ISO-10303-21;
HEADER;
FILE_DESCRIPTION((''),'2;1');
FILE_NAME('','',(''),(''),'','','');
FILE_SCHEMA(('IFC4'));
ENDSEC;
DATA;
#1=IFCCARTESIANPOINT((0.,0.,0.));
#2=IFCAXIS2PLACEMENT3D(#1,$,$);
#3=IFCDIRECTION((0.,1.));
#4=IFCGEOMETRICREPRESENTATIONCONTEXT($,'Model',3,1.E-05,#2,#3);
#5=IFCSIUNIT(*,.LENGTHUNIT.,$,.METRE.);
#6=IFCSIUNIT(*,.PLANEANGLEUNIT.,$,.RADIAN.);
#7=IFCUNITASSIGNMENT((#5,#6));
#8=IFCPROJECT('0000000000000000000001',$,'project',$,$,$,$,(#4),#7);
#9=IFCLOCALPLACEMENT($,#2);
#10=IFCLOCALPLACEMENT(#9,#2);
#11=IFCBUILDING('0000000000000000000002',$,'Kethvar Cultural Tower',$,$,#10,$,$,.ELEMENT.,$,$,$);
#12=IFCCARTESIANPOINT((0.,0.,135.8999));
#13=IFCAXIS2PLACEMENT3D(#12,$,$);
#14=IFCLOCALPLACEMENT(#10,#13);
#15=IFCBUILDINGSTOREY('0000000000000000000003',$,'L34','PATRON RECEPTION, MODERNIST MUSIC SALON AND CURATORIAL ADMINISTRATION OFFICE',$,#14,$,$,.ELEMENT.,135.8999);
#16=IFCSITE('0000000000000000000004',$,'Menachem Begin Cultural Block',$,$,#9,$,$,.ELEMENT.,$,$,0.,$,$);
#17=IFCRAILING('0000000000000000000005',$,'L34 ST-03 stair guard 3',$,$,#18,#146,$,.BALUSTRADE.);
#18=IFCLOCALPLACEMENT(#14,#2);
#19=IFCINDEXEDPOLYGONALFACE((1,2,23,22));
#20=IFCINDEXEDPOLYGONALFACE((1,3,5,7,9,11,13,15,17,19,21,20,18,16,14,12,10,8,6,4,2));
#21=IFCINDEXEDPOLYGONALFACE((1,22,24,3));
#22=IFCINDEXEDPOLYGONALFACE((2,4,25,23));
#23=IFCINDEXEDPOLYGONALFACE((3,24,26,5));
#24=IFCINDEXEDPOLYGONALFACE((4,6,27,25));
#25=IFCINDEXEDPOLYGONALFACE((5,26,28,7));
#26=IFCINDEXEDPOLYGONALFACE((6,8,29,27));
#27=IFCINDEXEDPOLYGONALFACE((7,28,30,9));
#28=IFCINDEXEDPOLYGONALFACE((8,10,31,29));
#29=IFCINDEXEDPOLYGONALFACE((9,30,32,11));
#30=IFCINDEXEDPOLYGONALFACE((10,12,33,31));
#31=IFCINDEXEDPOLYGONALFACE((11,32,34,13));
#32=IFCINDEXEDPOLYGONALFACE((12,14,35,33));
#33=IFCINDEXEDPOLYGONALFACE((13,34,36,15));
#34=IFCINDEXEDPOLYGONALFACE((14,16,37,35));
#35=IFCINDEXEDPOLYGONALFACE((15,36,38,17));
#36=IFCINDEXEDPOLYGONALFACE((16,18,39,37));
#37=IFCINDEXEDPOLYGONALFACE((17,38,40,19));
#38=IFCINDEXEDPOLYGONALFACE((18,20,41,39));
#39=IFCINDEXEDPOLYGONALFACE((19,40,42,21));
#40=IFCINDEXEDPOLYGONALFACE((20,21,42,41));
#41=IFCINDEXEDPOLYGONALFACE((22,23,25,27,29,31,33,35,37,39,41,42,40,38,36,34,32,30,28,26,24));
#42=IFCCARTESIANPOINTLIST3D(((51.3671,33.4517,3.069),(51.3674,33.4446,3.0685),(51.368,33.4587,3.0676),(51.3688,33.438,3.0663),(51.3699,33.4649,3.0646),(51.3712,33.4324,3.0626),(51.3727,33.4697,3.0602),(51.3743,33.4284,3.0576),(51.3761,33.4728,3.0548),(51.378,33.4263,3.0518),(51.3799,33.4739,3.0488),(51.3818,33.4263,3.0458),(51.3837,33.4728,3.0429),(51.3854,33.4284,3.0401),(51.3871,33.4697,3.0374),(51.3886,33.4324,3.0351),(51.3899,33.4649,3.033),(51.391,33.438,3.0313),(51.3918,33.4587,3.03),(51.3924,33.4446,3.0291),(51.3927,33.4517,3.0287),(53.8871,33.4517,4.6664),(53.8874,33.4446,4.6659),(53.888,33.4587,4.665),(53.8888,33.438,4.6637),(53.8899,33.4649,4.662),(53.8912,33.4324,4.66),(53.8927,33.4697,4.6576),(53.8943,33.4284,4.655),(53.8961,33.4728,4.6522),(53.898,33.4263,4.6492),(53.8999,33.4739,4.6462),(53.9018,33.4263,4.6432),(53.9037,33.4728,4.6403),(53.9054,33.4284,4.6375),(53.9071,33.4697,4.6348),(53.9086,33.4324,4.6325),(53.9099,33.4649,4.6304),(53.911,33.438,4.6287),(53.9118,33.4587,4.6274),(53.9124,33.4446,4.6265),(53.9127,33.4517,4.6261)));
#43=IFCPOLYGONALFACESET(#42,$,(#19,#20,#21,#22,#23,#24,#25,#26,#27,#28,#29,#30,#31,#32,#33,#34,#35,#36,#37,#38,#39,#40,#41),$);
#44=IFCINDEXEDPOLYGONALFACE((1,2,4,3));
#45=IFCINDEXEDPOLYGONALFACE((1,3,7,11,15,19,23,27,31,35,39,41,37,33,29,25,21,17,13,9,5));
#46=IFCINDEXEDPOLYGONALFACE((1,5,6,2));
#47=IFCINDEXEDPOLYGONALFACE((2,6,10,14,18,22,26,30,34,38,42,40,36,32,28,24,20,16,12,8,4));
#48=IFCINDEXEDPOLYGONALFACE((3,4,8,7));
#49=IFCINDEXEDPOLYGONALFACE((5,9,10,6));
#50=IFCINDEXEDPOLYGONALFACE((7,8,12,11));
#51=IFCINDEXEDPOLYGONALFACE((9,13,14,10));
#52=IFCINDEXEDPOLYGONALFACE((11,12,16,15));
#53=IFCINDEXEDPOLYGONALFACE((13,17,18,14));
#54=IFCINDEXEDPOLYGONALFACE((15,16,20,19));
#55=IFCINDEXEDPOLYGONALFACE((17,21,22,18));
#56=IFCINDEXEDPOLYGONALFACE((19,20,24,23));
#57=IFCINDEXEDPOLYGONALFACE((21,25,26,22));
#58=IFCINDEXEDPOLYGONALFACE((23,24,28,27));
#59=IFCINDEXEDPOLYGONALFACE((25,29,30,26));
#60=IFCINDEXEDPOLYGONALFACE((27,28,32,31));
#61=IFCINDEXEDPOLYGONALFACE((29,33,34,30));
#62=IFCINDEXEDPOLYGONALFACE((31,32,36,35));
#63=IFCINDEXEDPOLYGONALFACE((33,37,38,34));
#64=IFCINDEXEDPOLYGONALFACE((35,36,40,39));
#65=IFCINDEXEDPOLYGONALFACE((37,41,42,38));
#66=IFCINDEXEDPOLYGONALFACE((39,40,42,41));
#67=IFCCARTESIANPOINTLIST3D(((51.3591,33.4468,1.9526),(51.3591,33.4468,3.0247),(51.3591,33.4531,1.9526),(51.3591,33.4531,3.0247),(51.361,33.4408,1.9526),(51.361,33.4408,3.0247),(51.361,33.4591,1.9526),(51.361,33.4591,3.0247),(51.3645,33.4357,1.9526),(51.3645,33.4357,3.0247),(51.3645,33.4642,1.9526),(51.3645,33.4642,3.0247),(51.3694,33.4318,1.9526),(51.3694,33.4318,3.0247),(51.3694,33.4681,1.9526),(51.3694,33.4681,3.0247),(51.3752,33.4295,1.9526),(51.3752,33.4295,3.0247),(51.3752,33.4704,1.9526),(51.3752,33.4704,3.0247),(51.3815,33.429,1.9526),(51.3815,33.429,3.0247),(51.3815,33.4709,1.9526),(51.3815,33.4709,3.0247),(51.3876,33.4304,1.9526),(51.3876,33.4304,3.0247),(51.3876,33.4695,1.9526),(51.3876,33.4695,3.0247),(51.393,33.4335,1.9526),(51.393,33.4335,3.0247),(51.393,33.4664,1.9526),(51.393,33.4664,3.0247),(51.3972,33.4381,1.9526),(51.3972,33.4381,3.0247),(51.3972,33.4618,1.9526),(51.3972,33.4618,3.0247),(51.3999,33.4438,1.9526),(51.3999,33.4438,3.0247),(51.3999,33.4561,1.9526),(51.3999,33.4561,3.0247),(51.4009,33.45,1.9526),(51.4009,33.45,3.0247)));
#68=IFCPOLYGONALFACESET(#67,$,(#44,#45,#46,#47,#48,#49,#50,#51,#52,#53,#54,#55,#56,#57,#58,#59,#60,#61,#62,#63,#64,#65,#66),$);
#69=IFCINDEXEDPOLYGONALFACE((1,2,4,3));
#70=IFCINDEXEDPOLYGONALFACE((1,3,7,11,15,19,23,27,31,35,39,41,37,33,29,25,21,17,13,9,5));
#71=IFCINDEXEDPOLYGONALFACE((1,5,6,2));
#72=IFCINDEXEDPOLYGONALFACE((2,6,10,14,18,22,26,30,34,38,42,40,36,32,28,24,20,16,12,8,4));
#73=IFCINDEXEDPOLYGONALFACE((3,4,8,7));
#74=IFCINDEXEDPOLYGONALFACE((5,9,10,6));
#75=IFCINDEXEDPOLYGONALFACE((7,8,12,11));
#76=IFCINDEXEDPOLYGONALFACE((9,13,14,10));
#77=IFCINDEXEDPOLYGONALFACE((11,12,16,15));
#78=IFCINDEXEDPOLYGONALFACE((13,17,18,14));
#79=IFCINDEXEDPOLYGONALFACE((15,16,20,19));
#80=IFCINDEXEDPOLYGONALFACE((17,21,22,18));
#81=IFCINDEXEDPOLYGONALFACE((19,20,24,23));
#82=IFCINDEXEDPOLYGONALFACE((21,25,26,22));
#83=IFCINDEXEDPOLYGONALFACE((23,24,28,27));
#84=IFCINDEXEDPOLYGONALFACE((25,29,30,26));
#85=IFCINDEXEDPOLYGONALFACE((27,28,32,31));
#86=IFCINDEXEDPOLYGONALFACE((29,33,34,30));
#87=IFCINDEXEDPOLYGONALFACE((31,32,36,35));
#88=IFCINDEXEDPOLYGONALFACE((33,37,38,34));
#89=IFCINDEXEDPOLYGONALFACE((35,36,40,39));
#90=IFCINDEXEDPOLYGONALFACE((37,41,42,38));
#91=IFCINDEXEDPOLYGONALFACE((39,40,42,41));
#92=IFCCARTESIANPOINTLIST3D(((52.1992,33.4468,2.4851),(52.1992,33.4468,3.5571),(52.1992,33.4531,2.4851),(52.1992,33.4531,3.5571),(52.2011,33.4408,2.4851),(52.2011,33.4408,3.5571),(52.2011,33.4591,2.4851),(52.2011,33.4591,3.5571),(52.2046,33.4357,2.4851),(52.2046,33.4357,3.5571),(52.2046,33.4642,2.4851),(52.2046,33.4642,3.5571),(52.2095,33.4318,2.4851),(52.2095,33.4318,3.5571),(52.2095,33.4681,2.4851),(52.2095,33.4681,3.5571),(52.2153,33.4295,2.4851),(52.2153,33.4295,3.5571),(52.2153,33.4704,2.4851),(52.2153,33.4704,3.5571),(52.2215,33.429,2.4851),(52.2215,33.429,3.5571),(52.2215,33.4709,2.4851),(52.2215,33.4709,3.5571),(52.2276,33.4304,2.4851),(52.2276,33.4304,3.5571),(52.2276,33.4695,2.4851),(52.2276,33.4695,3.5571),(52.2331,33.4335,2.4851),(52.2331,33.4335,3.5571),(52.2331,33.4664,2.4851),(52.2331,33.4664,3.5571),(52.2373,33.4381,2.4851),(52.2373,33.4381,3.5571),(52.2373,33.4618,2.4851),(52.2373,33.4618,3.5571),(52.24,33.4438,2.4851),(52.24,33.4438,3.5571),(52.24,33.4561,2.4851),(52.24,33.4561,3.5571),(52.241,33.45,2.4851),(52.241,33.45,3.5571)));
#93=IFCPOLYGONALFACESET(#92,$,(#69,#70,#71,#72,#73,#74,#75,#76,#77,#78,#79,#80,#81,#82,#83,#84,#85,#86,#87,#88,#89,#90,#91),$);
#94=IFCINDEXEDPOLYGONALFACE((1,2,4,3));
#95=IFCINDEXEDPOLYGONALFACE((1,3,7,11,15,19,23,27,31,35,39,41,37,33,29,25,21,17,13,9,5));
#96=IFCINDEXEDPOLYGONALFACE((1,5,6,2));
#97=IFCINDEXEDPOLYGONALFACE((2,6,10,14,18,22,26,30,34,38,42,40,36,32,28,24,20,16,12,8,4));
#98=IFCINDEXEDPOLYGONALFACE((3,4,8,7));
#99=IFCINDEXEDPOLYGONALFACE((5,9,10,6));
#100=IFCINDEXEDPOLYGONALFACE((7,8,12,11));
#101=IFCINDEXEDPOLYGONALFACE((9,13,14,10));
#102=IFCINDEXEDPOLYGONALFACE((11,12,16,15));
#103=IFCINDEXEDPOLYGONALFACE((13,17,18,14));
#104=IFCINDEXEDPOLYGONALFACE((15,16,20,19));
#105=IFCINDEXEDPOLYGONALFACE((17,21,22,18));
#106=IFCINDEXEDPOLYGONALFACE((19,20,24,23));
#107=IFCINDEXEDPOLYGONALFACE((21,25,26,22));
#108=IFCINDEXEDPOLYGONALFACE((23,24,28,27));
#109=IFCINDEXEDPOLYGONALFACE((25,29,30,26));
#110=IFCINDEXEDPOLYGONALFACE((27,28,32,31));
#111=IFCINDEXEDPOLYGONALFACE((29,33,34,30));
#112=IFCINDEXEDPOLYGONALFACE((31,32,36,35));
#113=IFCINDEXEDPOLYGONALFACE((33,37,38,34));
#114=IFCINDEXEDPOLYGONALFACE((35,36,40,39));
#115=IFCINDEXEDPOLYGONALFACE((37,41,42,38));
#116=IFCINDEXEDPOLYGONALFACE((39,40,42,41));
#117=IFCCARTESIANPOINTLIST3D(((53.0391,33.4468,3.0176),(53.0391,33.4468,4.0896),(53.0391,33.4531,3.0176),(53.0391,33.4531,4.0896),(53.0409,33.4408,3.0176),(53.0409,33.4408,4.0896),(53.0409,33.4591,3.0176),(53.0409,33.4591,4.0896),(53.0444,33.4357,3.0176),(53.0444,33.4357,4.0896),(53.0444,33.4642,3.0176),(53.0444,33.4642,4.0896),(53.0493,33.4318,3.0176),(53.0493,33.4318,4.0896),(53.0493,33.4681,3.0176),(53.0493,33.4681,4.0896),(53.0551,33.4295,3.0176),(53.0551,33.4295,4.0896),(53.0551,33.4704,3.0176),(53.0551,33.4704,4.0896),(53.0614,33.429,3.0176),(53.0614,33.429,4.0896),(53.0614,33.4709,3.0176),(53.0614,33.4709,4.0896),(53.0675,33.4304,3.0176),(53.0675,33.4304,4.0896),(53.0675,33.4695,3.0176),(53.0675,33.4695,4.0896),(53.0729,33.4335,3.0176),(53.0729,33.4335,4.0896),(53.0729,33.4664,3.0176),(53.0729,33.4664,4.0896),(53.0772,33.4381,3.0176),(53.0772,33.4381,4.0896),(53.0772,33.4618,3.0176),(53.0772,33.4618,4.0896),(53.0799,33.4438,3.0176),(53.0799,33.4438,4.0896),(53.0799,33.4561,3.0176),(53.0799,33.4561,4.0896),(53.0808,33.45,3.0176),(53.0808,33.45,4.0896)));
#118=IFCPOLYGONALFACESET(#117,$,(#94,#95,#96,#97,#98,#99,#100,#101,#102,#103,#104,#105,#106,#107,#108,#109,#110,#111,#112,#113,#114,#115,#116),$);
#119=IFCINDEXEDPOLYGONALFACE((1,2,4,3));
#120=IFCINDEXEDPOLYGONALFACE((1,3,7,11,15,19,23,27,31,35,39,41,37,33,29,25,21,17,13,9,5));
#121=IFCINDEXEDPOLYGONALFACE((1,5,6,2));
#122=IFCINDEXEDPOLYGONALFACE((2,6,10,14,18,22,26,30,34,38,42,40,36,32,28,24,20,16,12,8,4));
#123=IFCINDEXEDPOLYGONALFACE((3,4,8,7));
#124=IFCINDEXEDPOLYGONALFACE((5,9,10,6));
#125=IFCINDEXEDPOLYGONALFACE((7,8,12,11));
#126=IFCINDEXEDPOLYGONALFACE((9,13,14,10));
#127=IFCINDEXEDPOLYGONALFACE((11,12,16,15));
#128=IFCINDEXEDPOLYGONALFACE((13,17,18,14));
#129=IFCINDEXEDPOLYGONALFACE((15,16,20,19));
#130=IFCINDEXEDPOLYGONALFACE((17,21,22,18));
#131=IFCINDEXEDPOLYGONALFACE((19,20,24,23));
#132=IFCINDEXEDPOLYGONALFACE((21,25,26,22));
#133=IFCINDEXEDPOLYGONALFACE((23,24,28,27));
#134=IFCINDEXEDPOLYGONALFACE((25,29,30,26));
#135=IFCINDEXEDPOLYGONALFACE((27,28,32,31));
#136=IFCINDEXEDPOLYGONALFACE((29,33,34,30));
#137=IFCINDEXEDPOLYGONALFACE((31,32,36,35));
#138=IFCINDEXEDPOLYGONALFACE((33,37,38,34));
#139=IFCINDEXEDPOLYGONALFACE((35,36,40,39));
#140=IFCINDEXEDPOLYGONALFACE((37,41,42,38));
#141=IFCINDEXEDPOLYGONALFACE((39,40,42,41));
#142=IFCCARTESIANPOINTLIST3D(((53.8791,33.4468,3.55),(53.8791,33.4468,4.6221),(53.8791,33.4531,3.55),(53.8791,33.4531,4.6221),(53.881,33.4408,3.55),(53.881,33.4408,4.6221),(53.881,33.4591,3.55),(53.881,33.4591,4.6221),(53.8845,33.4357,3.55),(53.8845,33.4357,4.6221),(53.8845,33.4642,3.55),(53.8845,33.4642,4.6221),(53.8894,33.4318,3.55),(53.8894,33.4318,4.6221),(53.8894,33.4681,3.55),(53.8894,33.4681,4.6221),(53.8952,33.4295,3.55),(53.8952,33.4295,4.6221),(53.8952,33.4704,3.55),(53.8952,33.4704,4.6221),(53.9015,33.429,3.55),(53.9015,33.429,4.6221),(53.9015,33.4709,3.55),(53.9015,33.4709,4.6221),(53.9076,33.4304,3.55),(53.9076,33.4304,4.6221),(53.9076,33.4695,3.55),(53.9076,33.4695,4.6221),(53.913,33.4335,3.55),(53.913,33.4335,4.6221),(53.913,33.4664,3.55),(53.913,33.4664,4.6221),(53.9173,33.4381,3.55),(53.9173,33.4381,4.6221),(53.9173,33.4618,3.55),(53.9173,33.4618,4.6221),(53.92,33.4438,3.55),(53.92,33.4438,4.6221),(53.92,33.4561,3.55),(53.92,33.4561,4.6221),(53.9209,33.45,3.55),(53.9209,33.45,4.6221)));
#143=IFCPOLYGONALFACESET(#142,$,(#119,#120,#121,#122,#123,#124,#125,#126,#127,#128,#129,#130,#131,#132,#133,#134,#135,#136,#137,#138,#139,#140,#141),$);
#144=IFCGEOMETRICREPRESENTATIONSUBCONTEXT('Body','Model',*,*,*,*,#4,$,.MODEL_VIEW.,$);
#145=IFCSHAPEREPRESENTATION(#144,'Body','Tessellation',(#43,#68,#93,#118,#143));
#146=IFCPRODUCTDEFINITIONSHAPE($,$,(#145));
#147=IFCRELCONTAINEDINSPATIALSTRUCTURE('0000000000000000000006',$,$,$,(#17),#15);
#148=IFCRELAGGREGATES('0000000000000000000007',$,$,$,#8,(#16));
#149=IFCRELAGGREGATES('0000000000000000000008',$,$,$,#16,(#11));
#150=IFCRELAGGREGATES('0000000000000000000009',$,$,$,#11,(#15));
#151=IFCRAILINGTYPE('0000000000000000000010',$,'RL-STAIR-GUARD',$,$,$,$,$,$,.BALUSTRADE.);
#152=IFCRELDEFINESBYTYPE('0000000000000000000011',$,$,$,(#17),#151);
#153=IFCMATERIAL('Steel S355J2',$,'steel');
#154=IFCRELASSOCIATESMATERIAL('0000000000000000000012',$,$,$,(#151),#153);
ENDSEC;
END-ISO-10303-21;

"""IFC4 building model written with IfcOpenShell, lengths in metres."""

from ifc_helpers import new_model, si_unit, direction, frame, origin, origin_2d, place, context, subcontext, project, spatial, circle, extrude, material, type_object, element, save


model = new_model("IFC4")

# Units and contexts
model_context = context("Model", 3, precision=1e-05, world=origin(), true_north=direction((0.0, 1.0)))
body_context = subcontext(model_context, "Body", "Model", "MODEL_VIEW")
ifc_project = project(units=[si_unit("LENGTHUNIT", "METRE"), si_unit("PLANEANGLEUNIT", "RADIAN")], contexts=[model_context])

# Site, building, storey
site_placement = place(None, origin())
site = spatial("IfcSite", under=ifc_project, at=site_placement, Name="Menachem Begin Cultural Block", CompositionType="ELEMENT", RefElevation=0.0)
building_placement = place(site_placement, origin())
building = spatial("IfcBuilding", under=site, at=building_placement, Name="Kethvar Cultural Tower", CompositionType="ELEMENT")
storey_placement = place(building_placement, frame((0.0, 0.0, 135.8999)))
storey = spatial("IfcBuildingStorey", under=building, at=storey_placement, Name="L34", Description="PATRON RECEPTION, MODERNIST MUSIC SALON AND CURATORIAL ADMINISTRATION OFFICE", CompositionType="ELEMENT", Elevation=135.8999)

# Shared definitions
ifc_material_1 = material(Name="Steel S355J2", Category="steel")

# Railing
railing_type_1 = type_object("IfcRailingType", Name="RL-STAIR-GUARD", PredefinedType="BALUSTRADE", material=ifc_material_1)
railing_1_placement = place(storey_placement, frame((51.3799, 33.45, 1.9526)))
element("IfcRailing", 1, at=railing_1_placement, inside=storey, type_object=railing_type_1, Name="L34 ST-03 stair guard 3", PredefinedType="BALUSTRADE", context=body_context, shape_type="SweptSolid", body=[
    extrude(circle(Radius=0.0239, at=origin_2d()), frame((0.0, 0.0, 1.0962), z_axis=(0.844607, 0.0, 0.535387), x_axis=(0.0, 1.0, 0.0)), (0.0, 0.0, 1.0), 2.9836),
    extrude(circle(Radius=0.021, at=origin_2d()), origin(), (0.0, 0.0, 1.0), 1.072),
    extrude(circle(Radius=0.021, at=origin_2d()), frame((0.8401, 0.0, 0.5325)), (0.0, 0.0, 1.0), 1.072),
    extrude(circle(Radius=0.021, at=origin_2d()), frame((1.6799, 0.0, 1.0649)), (0.0, 0.0, 1.0), 1.072),
    extrude(circle(Radius=0.021, at=origin_2d()), frame((2.52, 0.0, 1.5974)), (0.0, 0.0, 1.0), 1.072),
])

save(model, "model.ifc")
